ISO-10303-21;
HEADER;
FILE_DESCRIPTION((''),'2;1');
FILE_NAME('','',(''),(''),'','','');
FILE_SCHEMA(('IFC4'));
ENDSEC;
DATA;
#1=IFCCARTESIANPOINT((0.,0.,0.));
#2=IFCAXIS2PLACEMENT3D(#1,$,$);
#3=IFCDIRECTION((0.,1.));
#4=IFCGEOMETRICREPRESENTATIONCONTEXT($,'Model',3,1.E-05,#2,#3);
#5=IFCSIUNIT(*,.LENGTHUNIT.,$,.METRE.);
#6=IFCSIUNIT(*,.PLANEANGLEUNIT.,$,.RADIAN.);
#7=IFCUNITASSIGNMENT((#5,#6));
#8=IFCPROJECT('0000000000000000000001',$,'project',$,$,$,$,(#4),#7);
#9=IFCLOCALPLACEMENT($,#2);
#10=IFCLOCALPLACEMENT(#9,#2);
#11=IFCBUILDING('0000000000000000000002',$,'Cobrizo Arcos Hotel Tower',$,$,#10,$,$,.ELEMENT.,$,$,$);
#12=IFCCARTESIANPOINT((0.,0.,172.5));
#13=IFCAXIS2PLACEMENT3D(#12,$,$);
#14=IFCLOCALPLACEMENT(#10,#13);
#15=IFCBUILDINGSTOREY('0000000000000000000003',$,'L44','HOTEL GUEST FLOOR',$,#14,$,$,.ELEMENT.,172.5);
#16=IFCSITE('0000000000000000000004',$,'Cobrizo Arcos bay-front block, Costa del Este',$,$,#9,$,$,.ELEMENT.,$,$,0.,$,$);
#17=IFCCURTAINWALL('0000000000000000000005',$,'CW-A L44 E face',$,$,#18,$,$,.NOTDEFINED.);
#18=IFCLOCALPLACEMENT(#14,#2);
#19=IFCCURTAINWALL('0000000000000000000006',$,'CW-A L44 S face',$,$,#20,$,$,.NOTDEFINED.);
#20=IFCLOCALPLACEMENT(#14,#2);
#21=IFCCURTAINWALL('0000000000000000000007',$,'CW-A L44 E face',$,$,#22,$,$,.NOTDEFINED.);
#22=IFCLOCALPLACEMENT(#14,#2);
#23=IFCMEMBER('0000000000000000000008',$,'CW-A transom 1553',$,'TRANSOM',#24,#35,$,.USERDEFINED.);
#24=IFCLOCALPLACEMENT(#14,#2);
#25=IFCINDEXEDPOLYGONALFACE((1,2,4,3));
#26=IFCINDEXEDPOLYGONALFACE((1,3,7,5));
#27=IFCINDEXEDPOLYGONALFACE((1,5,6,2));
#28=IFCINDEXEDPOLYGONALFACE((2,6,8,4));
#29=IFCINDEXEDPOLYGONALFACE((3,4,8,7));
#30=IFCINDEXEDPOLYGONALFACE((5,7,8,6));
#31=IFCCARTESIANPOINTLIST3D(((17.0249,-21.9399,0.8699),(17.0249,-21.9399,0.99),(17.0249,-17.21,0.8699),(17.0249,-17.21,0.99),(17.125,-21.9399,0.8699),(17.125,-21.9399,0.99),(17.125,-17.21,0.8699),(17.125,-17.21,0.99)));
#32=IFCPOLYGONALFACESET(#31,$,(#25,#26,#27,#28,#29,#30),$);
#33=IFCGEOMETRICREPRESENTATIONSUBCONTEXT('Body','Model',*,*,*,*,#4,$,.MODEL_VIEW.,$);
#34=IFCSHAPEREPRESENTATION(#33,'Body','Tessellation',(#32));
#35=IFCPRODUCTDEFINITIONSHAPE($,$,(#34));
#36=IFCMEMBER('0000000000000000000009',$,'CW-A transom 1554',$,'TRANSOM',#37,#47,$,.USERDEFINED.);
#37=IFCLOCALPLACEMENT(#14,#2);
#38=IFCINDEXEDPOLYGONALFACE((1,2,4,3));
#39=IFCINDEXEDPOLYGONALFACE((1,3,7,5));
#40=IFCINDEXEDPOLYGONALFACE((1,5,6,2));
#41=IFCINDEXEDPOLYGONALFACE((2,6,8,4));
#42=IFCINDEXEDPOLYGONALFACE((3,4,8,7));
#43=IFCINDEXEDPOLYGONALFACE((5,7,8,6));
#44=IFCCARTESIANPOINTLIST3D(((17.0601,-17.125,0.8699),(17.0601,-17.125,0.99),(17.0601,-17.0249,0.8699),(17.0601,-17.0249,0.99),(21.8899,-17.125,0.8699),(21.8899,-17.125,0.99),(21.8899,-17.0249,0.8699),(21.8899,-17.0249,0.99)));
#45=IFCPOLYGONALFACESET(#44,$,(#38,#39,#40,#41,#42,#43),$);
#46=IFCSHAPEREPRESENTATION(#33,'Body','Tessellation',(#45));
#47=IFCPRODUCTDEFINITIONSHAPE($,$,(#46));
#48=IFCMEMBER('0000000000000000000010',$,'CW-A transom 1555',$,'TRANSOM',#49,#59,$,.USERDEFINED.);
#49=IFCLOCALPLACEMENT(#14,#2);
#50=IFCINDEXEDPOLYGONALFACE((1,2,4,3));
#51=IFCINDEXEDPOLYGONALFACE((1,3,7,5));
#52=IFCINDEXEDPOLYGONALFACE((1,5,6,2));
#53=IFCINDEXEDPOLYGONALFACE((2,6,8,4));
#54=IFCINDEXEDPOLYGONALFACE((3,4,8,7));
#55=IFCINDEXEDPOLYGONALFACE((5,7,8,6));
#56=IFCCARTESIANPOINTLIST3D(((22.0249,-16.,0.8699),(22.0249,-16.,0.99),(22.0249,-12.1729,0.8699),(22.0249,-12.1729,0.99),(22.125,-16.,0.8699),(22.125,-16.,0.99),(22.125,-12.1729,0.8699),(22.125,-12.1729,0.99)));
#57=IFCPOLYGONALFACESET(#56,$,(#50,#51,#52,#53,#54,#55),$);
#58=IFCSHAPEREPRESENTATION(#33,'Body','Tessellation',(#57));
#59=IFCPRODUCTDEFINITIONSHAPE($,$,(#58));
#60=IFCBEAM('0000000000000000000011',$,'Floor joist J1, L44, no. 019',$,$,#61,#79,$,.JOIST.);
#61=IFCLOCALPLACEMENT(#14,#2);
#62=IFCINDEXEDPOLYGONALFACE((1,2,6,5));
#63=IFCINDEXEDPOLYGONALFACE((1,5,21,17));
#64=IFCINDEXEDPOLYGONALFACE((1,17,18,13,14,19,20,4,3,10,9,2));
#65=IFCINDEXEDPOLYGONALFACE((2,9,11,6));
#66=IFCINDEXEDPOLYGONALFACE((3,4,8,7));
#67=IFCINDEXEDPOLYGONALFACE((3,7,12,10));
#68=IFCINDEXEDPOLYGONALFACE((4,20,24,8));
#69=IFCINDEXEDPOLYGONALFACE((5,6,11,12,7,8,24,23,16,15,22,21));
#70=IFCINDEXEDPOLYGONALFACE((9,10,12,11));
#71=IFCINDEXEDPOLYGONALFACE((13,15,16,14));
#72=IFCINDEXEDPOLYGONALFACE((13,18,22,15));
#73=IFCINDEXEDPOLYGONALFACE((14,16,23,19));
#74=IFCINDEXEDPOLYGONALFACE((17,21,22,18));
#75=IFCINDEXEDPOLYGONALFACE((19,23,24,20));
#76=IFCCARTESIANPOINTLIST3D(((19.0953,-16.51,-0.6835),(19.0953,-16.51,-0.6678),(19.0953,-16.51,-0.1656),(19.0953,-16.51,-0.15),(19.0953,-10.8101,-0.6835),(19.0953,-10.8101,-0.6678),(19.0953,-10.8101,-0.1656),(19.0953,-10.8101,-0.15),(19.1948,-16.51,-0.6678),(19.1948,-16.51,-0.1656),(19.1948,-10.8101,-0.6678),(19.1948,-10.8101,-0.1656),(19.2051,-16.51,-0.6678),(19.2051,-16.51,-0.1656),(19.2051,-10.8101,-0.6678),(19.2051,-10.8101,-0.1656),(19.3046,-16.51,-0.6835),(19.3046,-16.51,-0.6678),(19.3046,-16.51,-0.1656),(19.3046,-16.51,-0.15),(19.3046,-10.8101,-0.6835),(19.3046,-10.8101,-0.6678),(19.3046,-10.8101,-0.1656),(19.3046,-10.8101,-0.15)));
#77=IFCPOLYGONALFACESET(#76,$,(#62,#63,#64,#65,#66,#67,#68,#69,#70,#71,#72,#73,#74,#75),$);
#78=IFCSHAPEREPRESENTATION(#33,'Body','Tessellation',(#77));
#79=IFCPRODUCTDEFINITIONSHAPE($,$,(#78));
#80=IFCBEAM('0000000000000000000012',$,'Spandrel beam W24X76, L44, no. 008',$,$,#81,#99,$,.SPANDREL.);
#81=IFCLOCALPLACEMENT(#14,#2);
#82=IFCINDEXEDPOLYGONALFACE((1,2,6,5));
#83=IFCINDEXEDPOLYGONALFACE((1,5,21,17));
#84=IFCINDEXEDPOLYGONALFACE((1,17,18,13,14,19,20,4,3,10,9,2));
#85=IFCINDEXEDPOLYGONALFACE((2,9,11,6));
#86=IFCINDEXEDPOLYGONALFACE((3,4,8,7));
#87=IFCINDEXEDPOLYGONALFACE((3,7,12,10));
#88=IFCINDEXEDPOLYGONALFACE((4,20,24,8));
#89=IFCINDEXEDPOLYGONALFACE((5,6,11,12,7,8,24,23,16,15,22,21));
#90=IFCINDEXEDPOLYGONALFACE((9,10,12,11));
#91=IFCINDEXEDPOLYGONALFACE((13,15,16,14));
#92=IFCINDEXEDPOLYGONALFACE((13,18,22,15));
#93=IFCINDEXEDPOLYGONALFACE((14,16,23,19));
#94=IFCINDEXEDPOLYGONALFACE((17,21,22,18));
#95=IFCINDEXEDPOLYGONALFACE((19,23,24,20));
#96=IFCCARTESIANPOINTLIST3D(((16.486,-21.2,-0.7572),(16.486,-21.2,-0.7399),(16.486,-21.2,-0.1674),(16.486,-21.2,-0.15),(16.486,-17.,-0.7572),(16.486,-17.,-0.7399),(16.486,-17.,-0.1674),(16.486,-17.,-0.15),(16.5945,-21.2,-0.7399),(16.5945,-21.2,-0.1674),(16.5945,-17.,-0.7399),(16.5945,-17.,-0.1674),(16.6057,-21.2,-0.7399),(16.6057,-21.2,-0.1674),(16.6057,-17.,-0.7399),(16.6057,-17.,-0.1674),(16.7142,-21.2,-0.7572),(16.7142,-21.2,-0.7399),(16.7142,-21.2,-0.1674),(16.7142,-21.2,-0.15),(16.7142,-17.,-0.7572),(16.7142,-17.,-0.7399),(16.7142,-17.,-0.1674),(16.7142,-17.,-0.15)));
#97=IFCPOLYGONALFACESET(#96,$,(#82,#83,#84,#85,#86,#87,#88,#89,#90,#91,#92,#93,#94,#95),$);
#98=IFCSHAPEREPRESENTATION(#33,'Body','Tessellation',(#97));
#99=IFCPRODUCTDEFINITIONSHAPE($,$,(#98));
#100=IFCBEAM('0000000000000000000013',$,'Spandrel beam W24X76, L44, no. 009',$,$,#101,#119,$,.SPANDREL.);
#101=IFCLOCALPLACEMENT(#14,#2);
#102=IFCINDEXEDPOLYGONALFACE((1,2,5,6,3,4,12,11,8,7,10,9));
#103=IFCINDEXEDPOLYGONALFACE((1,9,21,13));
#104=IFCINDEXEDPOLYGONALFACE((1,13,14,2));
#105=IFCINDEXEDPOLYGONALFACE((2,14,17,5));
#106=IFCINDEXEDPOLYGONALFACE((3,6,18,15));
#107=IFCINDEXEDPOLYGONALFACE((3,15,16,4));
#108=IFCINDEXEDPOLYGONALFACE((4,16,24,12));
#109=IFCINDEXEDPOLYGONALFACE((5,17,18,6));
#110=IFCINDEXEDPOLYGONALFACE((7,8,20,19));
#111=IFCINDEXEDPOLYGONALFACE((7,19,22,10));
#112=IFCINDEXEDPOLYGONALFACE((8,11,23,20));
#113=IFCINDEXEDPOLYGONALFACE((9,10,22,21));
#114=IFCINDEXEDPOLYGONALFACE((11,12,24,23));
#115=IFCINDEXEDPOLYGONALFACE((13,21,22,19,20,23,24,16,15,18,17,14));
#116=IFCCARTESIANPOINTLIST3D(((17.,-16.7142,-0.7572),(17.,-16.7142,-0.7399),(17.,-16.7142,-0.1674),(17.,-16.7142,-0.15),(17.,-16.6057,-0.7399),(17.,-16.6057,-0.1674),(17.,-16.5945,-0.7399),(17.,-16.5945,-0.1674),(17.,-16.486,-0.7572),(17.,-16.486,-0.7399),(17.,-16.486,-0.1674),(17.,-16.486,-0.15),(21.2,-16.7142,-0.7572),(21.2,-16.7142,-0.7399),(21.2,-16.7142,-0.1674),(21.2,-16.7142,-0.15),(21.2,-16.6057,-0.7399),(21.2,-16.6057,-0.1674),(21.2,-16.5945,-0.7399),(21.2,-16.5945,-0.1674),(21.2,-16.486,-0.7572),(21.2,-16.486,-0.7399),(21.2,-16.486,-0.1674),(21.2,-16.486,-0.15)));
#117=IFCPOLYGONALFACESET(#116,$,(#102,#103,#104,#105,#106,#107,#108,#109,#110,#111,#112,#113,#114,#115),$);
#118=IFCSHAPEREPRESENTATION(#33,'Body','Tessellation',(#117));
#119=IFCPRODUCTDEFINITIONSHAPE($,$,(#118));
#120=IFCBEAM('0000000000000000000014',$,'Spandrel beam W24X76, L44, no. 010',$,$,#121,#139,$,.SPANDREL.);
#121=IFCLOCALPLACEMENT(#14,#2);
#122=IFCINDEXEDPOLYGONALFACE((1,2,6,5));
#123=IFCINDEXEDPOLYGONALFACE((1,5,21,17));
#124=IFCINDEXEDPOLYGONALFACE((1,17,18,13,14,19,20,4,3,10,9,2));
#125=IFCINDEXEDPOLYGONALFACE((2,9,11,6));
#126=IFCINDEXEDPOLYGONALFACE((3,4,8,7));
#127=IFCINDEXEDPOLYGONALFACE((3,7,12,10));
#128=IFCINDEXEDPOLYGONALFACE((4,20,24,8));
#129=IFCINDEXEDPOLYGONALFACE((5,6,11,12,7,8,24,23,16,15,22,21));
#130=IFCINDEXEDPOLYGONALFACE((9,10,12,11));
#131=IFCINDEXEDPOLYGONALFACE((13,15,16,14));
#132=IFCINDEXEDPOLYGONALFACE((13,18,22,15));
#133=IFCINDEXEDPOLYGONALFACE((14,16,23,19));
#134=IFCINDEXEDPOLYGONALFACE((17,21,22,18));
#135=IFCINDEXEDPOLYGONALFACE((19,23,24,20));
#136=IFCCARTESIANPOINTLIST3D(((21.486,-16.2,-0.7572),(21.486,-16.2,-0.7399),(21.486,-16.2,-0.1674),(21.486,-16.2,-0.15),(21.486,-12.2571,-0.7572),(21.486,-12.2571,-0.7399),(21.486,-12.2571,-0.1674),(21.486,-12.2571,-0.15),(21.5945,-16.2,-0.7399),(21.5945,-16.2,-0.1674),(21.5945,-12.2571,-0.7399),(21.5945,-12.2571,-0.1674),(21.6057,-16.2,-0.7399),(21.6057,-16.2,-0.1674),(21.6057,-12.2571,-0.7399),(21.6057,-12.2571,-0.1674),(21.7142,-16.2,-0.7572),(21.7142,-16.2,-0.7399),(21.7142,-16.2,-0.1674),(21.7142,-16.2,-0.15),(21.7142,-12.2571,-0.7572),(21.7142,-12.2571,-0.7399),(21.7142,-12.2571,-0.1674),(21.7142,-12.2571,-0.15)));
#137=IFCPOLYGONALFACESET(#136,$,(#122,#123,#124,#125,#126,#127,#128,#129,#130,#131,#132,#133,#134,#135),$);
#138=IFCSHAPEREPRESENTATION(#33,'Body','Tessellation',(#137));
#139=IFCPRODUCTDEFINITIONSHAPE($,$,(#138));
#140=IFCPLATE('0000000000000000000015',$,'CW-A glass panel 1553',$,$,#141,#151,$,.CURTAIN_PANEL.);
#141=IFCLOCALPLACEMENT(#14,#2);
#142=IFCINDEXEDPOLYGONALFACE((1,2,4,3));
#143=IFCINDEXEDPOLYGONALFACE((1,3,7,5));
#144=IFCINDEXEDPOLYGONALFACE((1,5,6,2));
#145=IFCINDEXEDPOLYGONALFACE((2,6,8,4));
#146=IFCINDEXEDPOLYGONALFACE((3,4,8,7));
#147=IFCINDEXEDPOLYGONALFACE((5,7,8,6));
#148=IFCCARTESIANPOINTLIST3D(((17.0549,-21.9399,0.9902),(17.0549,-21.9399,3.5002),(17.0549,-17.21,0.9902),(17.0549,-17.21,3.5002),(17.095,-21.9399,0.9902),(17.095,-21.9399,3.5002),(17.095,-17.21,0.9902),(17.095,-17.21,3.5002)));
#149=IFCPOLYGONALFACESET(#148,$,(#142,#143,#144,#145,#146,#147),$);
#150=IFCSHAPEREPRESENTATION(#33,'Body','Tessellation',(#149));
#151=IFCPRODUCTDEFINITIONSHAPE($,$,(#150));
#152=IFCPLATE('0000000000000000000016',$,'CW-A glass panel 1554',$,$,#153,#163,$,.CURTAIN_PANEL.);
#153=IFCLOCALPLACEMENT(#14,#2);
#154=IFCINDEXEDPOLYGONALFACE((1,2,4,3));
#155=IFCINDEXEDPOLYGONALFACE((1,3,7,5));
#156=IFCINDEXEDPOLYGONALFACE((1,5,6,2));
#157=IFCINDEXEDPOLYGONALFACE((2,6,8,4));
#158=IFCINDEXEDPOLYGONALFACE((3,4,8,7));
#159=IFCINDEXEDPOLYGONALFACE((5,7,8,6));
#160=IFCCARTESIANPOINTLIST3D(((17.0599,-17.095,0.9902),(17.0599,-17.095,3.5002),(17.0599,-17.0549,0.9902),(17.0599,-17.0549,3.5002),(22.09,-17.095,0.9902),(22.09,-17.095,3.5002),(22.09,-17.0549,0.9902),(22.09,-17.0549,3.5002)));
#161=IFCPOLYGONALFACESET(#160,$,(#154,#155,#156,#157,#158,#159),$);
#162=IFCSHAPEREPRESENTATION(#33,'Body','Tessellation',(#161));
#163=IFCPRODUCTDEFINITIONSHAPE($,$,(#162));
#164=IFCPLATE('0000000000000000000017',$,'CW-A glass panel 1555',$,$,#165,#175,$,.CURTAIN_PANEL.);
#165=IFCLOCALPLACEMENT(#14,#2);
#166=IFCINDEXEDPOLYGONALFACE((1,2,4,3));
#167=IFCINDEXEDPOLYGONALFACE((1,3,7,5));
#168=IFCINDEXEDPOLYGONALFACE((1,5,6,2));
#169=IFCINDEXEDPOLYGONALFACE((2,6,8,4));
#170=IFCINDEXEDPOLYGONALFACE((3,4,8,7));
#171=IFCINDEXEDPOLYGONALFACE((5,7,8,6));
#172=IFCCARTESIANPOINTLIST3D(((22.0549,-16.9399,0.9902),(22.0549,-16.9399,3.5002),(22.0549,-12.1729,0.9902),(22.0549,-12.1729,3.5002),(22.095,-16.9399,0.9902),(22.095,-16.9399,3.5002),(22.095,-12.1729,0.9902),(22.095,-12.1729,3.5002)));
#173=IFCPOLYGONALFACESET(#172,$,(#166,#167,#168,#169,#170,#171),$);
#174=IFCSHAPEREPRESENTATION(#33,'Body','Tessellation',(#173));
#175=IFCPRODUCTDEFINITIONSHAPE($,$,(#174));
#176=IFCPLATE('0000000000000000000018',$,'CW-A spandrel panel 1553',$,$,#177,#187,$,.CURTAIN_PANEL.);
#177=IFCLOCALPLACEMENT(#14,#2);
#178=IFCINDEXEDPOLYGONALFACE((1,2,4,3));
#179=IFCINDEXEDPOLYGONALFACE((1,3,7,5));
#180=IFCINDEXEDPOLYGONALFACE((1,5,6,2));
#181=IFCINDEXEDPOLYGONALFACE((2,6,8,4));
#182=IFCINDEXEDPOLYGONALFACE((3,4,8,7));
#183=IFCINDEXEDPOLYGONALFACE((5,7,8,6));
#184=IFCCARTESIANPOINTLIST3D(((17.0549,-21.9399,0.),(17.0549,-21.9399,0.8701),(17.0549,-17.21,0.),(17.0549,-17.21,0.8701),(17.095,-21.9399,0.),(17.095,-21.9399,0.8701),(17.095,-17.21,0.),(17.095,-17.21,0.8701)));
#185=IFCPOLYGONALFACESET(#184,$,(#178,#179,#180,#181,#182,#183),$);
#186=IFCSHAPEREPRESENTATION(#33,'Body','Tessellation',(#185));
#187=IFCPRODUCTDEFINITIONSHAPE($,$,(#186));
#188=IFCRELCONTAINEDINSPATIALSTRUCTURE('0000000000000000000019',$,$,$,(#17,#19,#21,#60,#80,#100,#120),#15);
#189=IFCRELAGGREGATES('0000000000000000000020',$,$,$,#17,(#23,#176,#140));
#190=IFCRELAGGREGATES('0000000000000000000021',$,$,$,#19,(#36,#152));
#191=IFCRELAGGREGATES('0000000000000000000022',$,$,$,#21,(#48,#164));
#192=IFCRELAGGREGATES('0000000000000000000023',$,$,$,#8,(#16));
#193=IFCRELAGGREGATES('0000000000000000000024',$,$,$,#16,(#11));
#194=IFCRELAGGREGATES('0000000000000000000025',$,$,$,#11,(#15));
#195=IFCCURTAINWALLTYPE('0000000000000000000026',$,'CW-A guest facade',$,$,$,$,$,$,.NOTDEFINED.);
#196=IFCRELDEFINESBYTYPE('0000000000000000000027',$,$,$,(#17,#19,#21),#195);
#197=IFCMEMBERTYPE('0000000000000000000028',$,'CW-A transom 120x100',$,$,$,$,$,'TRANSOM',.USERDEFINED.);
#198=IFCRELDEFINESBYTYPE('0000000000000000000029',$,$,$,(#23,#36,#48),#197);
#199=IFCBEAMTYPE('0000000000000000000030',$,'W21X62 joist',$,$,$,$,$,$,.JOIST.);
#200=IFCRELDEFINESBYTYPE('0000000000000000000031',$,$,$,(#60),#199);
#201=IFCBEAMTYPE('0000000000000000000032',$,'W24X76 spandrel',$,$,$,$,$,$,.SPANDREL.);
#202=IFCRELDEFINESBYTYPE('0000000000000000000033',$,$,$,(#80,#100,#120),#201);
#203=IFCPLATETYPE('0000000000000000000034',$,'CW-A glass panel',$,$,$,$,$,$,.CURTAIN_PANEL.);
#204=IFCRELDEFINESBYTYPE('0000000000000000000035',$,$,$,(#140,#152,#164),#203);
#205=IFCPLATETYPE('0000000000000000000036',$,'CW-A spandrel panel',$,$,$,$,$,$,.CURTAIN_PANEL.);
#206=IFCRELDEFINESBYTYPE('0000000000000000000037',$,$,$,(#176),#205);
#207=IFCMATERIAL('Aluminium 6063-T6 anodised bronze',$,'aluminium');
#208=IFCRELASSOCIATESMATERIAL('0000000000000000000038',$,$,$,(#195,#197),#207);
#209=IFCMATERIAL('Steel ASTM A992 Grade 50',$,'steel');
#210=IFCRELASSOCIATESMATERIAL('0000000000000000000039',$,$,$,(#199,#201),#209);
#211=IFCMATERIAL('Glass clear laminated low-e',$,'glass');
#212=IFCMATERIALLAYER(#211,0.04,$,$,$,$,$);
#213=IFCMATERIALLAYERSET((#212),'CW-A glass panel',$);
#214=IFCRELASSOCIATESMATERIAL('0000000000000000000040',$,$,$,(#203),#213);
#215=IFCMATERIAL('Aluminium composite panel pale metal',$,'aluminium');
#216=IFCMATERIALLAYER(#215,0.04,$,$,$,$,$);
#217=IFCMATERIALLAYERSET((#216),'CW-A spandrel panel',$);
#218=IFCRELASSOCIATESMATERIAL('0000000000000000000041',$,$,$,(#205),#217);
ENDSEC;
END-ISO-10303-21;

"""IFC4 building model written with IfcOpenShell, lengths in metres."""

from ifc_helpers import new_model, si_unit, direction, frame, origin, origin_2d, place, context, subcontext, project, spatial, rectangle, i_section, extrude, material, layer, layer_set, material_profile, profile_set, type_object, element, aggregate, save


model = new_model("IFC4")

# Units and contexts
model_context = context("Model", 3, precision=1e-05, world=origin(), true_north=direction((0.0, 1.0)))
body_context = subcontext(model_context, "Body", "Model", "MODEL_VIEW")
ifc_project = project(units=[si_unit("LENGTHUNIT", "METRE"), si_unit("PLANEANGLEUNIT", "RADIAN")], contexts=[model_context])

# Site, building, storey
site_placement = place(None, origin())
site = spatial("IfcSite", under=ifc_project, at=site_placement, Name="Cobrizo Arcos bay-front block, Costa del Este", CompositionType="ELEMENT", RefElevation=0.0)
building_placement = place(site_placement, origin())
building = spatial("IfcBuilding", under=site, at=building_placement, Name="Cobrizo Arcos Hotel Tower", CompositionType="ELEMENT")
storey_placement = place(building_placement, frame((0.0, 0.0, 172.5)))
storey = spatial("IfcBuildingStorey", under=building, at=storey_placement, Name="L44", Description="HOTEL GUEST FLOOR", CompositionType="ELEMENT", Elevation=172.5)

# Shared definitions
ifc_material_1 = material(Name="Aluminium 6063-T6 anodised bronze", Category="aluminium")
curtain_wall_type = type_object("IfcCurtainWallType", Name="CW-A guest facade", PredefinedType="NOTDEFINED", material=ifc_material_1)

# Curtain walls
curtain_wall_1_placement = place(storey_placement, origin())
curtain_wall_1 = element("IfcCurtainWall", 1, at=curtain_wall_1_placement, inside=storey, type_object=curtain_wall_type, Name="CW-A L44 E face", PredefinedType="NOTDEFINED")
curtain_wall_2_placement = place(storey_placement, origin())
curtain_wall_2 = element("IfcCurtainWall", 2, at=curtain_wall_2_placement, inside=storey, type_object=curtain_wall_type, Name="CW-A L44 S face", PredefinedType="NOTDEFINED")

# Curtain wall
curtain_wall_3_placement = place(storey_placement, origin())
curtain_wall_3 = element("IfcCurtainWall", 3, at=curtain_wall_3_placement, inside=storey, type_object=curtain_wall_type, Name="CW-A L44 E face", PredefinedType="NOTDEFINED")

# Members
ifc_material_profile_1 = material_profile(ifc_material_1, rectangle(XDim=0.1001, YDim=0.1201, at=origin_2d()), Name="CW-A transom 120x100")
ifc_profile_set_1 = profile_set([ifc_material_profile_1], Name="Aluminium 6063-T6 anodised bronze")
member_type_1 = type_object("IfcMemberType", Name="CW-A transom 120x100", ElementType="TRANSOM", PredefinedType="USERDEFINED", material=ifc_profile_set_1)
member_1_placement = place(storey_placement, frame((17.075, -21.9399, 0.9299), z_axis=(0.0, 1.0, 0.0), x_axis=(-1.0, 0.0, 0.0)))
member_1 = element("IfcMember", 4, at=member_1_placement, type_object=member_type_1, Name="CW-A transom 1553", ObjectType="TRANSOM", PredefinedType="USERDEFINED", context=body_context, shape_type="SweptSolid", body=[
    extrude(rectangle(XDim=0.1001, YDim=0.1201, at=origin_2d()), origin(), (0.0, 0.0, 1.0), 4.73),
])
member_2_placement = place(storey_placement, frame((17.0601, -17.075, 0.9299), z_axis=(1.0, 0.0, 0.0), x_axis=(0.0, 1.0, 0.0)))
member_2 = element("IfcMember", 5, at=member_2_placement, type_object=member_type_1, Name="CW-A transom 1554", ObjectType="TRANSOM", PredefinedType="USERDEFINED", context=body_context, shape_type="SweptSolid", body=[
    extrude(rectangle(XDim=0.1001, YDim=0.1201, at=origin_2d()), origin(), (0.0, 0.0, 1.0), 4.8298),
])
member_3_placement = place(storey_placement, frame((22.075, -16.0, 0.9299), z_axis=(0.0, 1.0, 0.0), x_axis=(-1.0, 0.0, 0.0)))
member_3 = element("IfcMember", 6, at=member_3_placement, type_object=member_type_1, Name="CW-A transom 1555", ObjectType="TRANSOM", PredefinedType="USERDEFINED", context=body_context, shape_type="SweptSolid", body=[
    extrude(rectangle(XDim=0.1001, YDim=0.1201, at=origin_2d()), origin(), (0.0, 0.0, 1.0), 3.8271),
])

# Beams
ifc_material_2 = material(Name="Steel ASTM A992 Grade 50", Category="steel")
ifc_material_profile_2 = material_profile(ifc_material_2, i_section(OverallWidth=0.2092, OverallDepth=0.5334, WebThickness=0.0103, FlangeThickness=0.0156, at=origin_2d()), Name="W21X62")
ifc_profile_set_2 = profile_set([ifc_material_profile_2], Name="Steel ASTM A992 Grade 50")
beam_type_1 = type_object("IfcBeamType", Name="W21X62 joist", PredefinedType="JOIST", material=ifc_profile_set_2)
beam_1_placement = place(storey_placement, frame((19.2, -16.51, -0.4167), z_axis=(0.0, 1.0, 0.0), x_axis=(-1.0, 0.0, 0.0)))
element("IfcBeam", 7, at=beam_1_placement, inside=storey, type_object=beam_type_1, Name="Floor joist J1, L44, no. 019", PredefinedType="JOIST", context=body_context, shape_type="SweptSolid", body=[
    extrude(i_section(OverallWidth=0.2092, OverallDepth=0.5334, WebThickness=0.0103, FlangeThickness=0.0156, at=origin_2d()), origin(), (0.0, 0.0, 1.0), 5.7),
])
ifc_material_profile_3 = material_profile(ifc_material_2, i_section(OverallWidth=0.2283, OverallDepth=0.6072, WebThickness=0.0112, FlangeThickness=0.0173, at=origin_2d()), Name="W24X76")
ifc_profile_set_3 = profile_set([ifc_material_profile_3], Name="Steel ASTM A992 Grade 50")
beam_type_2 = type_object("IfcBeamType", Name="W24X76 spandrel", PredefinedType="SPANDREL", material=ifc_profile_set_3)
for number, where, z_axis, x_axis, name in (
    (8, (16.6001, -21.2, -0.4536), (0.0, 1.0, 0.0), (-1.0, 0.0, 0.0), "Spandrel beam W24X76, L44, no. 008"),
    (9, (17.0, -16.6001, -0.4536), (1.0, 0.0, 0.0), (0.0, 1.0, 0.0), "Spandrel beam W24X76, L44, no. 009"),
):
    element("IfcBeam", number, at=place(storey_placement, frame(where, z_axis=z_axis, x_axis=x_axis)), inside=storey, type_object=beam_type_2, Name=name, PredefinedType="SPANDREL", context=body_context, shape_type="SweptSolid", body=[
        extrude(i_section(OverallWidth=0.2283, OverallDepth=0.6072, WebThickness=0.0112, FlangeThickness=0.0173, at=origin_2d()), origin(), (0.0, 0.0, 1.0), 4.2),
    ])
beam_2_placement = place(storey_placement, frame((21.6001, -16.2, -0.4536), z_axis=(0.0, 1.0, 0.0), x_axis=(-1.0, 0.0, 0.0)))
element("IfcBeam", 10, at=beam_2_placement, inside=storey, type_object=beam_type_2, Name="Spandrel beam W24X76, L44, no. 010", PredefinedType="SPANDREL", context=body_context, shape_type="SweptSolid", body=[
    extrude(i_section(OverallWidth=0.2283, OverallDepth=0.6072, WebThickness=0.0112, FlangeThickness=0.0173, at=origin_2d()), origin(), (0.0, 0.0, 1.0), 3.9429),
])

# Plates
ifc_material_3 = material(Name="Glass clear laminated low-e", Category="glass")
ifc_layer_1 = layer(ifc_material_3, 0.04)
ifc_layer_set_1 = layer_set([ifc_layer_1], Name="CW-A glass panel")
plate_type_1 = type_object("IfcPlateType", Name="CW-A glass panel", PredefinedType="CURTAIN_PANEL", material=ifc_layer_set_1)
plate_1_placement = place(storey_placement, frame((17.075, -19.575, 0.9902), z_axis=(0.0, 0.0, 1.0), x_axis=(0.0, 1.0, 0.0)))
plate_1 = element("IfcPlate", 11, at=plate_1_placement, type_object=plate_type_1, Name="CW-A glass panel 1553", PredefinedType="CURTAIN_PANEL", context=body_context, shape_type="SweptSolid", body=[
    extrude(rectangle(XDim=4.73, YDim=0.04, at=origin_2d()), origin(), (0.0, 0.0, 1.0), 2.51),
])
plate_2_placement = place(storey_placement, frame((19.575, -17.075, 0.9902), z_axis=(0.0, 0.0, 1.0), x_axis=(1.0, 0.0, 0.0)))
plate_2 = element("IfcPlate", 12, at=plate_2_placement, type_object=plate_type_1, Name="CW-A glass panel 1554", PredefinedType="CURTAIN_PANEL", context=body_context, shape_type="SweptSolid", body=[
    extrude(rectangle(XDim=5.03, YDim=0.04, at=origin_2d()), origin(), (0.0, 0.0, 1.0), 2.51),
])
plate_3_placement = place(storey_placement, frame((22.075, -14.5564, 0.9902), z_axis=(0.0, 0.0, 1.0), x_axis=(0.0, 1.0, 0.0)))
plate_3 = element("IfcPlate", 13, at=plate_3_placement, type_object=plate_type_1, Name="CW-A glass panel 1555", PredefinedType="CURTAIN_PANEL", context=body_context, shape_type="SweptSolid", body=[
    extrude(rectangle(XDim=4.7671, YDim=0.04, at=origin_2d()), origin(), (0.0, 0.0, 1.0), 2.51),
])
ifc_material_4 = material(Name="Aluminium composite panel pale metal", Category="aluminium")
ifc_layer_2 = layer(ifc_material_4, 0.04)
ifc_layer_set_2 = layer_set([ifc_layer_2], Name="CW-A spandrel panel")
plate_type_2 = type_object("IfcPlateType", Name="CW-A spandrel panel", PredefinedType="CURTAIN_PANEL", material=ifc_layer_set_2)
plate_4_placement = place(storey_placement, frame((17.075, -19.575, 0.0), z_axis=(0.0, 0.0, 1.0), x_axis=(0.0, 1.0, 0.0)))
plate_4 = element("IfcPlate", 14, at=plate_4_placement, type_object=plate_type_2, Name="CW-A spandrel panel 1553", PredefinedType="CURTAIN_PANEL", context=body_context, shape_type="SweptSolid", body=[
    extrude(rectangle(XDim=4.73, YDim=0.04, at=origin_2d()), origin(), (0.0, 0.0, 1.0), 0.8701),
])
aggregate(curtain_wall_1, [member_1, plate_4, plate_1])
aggregate(curtain_wall_2, [member_2, plate_2])
aggregate(curtain_wall_3, [member_3, plate_3])

save(model, "model.ifc")
